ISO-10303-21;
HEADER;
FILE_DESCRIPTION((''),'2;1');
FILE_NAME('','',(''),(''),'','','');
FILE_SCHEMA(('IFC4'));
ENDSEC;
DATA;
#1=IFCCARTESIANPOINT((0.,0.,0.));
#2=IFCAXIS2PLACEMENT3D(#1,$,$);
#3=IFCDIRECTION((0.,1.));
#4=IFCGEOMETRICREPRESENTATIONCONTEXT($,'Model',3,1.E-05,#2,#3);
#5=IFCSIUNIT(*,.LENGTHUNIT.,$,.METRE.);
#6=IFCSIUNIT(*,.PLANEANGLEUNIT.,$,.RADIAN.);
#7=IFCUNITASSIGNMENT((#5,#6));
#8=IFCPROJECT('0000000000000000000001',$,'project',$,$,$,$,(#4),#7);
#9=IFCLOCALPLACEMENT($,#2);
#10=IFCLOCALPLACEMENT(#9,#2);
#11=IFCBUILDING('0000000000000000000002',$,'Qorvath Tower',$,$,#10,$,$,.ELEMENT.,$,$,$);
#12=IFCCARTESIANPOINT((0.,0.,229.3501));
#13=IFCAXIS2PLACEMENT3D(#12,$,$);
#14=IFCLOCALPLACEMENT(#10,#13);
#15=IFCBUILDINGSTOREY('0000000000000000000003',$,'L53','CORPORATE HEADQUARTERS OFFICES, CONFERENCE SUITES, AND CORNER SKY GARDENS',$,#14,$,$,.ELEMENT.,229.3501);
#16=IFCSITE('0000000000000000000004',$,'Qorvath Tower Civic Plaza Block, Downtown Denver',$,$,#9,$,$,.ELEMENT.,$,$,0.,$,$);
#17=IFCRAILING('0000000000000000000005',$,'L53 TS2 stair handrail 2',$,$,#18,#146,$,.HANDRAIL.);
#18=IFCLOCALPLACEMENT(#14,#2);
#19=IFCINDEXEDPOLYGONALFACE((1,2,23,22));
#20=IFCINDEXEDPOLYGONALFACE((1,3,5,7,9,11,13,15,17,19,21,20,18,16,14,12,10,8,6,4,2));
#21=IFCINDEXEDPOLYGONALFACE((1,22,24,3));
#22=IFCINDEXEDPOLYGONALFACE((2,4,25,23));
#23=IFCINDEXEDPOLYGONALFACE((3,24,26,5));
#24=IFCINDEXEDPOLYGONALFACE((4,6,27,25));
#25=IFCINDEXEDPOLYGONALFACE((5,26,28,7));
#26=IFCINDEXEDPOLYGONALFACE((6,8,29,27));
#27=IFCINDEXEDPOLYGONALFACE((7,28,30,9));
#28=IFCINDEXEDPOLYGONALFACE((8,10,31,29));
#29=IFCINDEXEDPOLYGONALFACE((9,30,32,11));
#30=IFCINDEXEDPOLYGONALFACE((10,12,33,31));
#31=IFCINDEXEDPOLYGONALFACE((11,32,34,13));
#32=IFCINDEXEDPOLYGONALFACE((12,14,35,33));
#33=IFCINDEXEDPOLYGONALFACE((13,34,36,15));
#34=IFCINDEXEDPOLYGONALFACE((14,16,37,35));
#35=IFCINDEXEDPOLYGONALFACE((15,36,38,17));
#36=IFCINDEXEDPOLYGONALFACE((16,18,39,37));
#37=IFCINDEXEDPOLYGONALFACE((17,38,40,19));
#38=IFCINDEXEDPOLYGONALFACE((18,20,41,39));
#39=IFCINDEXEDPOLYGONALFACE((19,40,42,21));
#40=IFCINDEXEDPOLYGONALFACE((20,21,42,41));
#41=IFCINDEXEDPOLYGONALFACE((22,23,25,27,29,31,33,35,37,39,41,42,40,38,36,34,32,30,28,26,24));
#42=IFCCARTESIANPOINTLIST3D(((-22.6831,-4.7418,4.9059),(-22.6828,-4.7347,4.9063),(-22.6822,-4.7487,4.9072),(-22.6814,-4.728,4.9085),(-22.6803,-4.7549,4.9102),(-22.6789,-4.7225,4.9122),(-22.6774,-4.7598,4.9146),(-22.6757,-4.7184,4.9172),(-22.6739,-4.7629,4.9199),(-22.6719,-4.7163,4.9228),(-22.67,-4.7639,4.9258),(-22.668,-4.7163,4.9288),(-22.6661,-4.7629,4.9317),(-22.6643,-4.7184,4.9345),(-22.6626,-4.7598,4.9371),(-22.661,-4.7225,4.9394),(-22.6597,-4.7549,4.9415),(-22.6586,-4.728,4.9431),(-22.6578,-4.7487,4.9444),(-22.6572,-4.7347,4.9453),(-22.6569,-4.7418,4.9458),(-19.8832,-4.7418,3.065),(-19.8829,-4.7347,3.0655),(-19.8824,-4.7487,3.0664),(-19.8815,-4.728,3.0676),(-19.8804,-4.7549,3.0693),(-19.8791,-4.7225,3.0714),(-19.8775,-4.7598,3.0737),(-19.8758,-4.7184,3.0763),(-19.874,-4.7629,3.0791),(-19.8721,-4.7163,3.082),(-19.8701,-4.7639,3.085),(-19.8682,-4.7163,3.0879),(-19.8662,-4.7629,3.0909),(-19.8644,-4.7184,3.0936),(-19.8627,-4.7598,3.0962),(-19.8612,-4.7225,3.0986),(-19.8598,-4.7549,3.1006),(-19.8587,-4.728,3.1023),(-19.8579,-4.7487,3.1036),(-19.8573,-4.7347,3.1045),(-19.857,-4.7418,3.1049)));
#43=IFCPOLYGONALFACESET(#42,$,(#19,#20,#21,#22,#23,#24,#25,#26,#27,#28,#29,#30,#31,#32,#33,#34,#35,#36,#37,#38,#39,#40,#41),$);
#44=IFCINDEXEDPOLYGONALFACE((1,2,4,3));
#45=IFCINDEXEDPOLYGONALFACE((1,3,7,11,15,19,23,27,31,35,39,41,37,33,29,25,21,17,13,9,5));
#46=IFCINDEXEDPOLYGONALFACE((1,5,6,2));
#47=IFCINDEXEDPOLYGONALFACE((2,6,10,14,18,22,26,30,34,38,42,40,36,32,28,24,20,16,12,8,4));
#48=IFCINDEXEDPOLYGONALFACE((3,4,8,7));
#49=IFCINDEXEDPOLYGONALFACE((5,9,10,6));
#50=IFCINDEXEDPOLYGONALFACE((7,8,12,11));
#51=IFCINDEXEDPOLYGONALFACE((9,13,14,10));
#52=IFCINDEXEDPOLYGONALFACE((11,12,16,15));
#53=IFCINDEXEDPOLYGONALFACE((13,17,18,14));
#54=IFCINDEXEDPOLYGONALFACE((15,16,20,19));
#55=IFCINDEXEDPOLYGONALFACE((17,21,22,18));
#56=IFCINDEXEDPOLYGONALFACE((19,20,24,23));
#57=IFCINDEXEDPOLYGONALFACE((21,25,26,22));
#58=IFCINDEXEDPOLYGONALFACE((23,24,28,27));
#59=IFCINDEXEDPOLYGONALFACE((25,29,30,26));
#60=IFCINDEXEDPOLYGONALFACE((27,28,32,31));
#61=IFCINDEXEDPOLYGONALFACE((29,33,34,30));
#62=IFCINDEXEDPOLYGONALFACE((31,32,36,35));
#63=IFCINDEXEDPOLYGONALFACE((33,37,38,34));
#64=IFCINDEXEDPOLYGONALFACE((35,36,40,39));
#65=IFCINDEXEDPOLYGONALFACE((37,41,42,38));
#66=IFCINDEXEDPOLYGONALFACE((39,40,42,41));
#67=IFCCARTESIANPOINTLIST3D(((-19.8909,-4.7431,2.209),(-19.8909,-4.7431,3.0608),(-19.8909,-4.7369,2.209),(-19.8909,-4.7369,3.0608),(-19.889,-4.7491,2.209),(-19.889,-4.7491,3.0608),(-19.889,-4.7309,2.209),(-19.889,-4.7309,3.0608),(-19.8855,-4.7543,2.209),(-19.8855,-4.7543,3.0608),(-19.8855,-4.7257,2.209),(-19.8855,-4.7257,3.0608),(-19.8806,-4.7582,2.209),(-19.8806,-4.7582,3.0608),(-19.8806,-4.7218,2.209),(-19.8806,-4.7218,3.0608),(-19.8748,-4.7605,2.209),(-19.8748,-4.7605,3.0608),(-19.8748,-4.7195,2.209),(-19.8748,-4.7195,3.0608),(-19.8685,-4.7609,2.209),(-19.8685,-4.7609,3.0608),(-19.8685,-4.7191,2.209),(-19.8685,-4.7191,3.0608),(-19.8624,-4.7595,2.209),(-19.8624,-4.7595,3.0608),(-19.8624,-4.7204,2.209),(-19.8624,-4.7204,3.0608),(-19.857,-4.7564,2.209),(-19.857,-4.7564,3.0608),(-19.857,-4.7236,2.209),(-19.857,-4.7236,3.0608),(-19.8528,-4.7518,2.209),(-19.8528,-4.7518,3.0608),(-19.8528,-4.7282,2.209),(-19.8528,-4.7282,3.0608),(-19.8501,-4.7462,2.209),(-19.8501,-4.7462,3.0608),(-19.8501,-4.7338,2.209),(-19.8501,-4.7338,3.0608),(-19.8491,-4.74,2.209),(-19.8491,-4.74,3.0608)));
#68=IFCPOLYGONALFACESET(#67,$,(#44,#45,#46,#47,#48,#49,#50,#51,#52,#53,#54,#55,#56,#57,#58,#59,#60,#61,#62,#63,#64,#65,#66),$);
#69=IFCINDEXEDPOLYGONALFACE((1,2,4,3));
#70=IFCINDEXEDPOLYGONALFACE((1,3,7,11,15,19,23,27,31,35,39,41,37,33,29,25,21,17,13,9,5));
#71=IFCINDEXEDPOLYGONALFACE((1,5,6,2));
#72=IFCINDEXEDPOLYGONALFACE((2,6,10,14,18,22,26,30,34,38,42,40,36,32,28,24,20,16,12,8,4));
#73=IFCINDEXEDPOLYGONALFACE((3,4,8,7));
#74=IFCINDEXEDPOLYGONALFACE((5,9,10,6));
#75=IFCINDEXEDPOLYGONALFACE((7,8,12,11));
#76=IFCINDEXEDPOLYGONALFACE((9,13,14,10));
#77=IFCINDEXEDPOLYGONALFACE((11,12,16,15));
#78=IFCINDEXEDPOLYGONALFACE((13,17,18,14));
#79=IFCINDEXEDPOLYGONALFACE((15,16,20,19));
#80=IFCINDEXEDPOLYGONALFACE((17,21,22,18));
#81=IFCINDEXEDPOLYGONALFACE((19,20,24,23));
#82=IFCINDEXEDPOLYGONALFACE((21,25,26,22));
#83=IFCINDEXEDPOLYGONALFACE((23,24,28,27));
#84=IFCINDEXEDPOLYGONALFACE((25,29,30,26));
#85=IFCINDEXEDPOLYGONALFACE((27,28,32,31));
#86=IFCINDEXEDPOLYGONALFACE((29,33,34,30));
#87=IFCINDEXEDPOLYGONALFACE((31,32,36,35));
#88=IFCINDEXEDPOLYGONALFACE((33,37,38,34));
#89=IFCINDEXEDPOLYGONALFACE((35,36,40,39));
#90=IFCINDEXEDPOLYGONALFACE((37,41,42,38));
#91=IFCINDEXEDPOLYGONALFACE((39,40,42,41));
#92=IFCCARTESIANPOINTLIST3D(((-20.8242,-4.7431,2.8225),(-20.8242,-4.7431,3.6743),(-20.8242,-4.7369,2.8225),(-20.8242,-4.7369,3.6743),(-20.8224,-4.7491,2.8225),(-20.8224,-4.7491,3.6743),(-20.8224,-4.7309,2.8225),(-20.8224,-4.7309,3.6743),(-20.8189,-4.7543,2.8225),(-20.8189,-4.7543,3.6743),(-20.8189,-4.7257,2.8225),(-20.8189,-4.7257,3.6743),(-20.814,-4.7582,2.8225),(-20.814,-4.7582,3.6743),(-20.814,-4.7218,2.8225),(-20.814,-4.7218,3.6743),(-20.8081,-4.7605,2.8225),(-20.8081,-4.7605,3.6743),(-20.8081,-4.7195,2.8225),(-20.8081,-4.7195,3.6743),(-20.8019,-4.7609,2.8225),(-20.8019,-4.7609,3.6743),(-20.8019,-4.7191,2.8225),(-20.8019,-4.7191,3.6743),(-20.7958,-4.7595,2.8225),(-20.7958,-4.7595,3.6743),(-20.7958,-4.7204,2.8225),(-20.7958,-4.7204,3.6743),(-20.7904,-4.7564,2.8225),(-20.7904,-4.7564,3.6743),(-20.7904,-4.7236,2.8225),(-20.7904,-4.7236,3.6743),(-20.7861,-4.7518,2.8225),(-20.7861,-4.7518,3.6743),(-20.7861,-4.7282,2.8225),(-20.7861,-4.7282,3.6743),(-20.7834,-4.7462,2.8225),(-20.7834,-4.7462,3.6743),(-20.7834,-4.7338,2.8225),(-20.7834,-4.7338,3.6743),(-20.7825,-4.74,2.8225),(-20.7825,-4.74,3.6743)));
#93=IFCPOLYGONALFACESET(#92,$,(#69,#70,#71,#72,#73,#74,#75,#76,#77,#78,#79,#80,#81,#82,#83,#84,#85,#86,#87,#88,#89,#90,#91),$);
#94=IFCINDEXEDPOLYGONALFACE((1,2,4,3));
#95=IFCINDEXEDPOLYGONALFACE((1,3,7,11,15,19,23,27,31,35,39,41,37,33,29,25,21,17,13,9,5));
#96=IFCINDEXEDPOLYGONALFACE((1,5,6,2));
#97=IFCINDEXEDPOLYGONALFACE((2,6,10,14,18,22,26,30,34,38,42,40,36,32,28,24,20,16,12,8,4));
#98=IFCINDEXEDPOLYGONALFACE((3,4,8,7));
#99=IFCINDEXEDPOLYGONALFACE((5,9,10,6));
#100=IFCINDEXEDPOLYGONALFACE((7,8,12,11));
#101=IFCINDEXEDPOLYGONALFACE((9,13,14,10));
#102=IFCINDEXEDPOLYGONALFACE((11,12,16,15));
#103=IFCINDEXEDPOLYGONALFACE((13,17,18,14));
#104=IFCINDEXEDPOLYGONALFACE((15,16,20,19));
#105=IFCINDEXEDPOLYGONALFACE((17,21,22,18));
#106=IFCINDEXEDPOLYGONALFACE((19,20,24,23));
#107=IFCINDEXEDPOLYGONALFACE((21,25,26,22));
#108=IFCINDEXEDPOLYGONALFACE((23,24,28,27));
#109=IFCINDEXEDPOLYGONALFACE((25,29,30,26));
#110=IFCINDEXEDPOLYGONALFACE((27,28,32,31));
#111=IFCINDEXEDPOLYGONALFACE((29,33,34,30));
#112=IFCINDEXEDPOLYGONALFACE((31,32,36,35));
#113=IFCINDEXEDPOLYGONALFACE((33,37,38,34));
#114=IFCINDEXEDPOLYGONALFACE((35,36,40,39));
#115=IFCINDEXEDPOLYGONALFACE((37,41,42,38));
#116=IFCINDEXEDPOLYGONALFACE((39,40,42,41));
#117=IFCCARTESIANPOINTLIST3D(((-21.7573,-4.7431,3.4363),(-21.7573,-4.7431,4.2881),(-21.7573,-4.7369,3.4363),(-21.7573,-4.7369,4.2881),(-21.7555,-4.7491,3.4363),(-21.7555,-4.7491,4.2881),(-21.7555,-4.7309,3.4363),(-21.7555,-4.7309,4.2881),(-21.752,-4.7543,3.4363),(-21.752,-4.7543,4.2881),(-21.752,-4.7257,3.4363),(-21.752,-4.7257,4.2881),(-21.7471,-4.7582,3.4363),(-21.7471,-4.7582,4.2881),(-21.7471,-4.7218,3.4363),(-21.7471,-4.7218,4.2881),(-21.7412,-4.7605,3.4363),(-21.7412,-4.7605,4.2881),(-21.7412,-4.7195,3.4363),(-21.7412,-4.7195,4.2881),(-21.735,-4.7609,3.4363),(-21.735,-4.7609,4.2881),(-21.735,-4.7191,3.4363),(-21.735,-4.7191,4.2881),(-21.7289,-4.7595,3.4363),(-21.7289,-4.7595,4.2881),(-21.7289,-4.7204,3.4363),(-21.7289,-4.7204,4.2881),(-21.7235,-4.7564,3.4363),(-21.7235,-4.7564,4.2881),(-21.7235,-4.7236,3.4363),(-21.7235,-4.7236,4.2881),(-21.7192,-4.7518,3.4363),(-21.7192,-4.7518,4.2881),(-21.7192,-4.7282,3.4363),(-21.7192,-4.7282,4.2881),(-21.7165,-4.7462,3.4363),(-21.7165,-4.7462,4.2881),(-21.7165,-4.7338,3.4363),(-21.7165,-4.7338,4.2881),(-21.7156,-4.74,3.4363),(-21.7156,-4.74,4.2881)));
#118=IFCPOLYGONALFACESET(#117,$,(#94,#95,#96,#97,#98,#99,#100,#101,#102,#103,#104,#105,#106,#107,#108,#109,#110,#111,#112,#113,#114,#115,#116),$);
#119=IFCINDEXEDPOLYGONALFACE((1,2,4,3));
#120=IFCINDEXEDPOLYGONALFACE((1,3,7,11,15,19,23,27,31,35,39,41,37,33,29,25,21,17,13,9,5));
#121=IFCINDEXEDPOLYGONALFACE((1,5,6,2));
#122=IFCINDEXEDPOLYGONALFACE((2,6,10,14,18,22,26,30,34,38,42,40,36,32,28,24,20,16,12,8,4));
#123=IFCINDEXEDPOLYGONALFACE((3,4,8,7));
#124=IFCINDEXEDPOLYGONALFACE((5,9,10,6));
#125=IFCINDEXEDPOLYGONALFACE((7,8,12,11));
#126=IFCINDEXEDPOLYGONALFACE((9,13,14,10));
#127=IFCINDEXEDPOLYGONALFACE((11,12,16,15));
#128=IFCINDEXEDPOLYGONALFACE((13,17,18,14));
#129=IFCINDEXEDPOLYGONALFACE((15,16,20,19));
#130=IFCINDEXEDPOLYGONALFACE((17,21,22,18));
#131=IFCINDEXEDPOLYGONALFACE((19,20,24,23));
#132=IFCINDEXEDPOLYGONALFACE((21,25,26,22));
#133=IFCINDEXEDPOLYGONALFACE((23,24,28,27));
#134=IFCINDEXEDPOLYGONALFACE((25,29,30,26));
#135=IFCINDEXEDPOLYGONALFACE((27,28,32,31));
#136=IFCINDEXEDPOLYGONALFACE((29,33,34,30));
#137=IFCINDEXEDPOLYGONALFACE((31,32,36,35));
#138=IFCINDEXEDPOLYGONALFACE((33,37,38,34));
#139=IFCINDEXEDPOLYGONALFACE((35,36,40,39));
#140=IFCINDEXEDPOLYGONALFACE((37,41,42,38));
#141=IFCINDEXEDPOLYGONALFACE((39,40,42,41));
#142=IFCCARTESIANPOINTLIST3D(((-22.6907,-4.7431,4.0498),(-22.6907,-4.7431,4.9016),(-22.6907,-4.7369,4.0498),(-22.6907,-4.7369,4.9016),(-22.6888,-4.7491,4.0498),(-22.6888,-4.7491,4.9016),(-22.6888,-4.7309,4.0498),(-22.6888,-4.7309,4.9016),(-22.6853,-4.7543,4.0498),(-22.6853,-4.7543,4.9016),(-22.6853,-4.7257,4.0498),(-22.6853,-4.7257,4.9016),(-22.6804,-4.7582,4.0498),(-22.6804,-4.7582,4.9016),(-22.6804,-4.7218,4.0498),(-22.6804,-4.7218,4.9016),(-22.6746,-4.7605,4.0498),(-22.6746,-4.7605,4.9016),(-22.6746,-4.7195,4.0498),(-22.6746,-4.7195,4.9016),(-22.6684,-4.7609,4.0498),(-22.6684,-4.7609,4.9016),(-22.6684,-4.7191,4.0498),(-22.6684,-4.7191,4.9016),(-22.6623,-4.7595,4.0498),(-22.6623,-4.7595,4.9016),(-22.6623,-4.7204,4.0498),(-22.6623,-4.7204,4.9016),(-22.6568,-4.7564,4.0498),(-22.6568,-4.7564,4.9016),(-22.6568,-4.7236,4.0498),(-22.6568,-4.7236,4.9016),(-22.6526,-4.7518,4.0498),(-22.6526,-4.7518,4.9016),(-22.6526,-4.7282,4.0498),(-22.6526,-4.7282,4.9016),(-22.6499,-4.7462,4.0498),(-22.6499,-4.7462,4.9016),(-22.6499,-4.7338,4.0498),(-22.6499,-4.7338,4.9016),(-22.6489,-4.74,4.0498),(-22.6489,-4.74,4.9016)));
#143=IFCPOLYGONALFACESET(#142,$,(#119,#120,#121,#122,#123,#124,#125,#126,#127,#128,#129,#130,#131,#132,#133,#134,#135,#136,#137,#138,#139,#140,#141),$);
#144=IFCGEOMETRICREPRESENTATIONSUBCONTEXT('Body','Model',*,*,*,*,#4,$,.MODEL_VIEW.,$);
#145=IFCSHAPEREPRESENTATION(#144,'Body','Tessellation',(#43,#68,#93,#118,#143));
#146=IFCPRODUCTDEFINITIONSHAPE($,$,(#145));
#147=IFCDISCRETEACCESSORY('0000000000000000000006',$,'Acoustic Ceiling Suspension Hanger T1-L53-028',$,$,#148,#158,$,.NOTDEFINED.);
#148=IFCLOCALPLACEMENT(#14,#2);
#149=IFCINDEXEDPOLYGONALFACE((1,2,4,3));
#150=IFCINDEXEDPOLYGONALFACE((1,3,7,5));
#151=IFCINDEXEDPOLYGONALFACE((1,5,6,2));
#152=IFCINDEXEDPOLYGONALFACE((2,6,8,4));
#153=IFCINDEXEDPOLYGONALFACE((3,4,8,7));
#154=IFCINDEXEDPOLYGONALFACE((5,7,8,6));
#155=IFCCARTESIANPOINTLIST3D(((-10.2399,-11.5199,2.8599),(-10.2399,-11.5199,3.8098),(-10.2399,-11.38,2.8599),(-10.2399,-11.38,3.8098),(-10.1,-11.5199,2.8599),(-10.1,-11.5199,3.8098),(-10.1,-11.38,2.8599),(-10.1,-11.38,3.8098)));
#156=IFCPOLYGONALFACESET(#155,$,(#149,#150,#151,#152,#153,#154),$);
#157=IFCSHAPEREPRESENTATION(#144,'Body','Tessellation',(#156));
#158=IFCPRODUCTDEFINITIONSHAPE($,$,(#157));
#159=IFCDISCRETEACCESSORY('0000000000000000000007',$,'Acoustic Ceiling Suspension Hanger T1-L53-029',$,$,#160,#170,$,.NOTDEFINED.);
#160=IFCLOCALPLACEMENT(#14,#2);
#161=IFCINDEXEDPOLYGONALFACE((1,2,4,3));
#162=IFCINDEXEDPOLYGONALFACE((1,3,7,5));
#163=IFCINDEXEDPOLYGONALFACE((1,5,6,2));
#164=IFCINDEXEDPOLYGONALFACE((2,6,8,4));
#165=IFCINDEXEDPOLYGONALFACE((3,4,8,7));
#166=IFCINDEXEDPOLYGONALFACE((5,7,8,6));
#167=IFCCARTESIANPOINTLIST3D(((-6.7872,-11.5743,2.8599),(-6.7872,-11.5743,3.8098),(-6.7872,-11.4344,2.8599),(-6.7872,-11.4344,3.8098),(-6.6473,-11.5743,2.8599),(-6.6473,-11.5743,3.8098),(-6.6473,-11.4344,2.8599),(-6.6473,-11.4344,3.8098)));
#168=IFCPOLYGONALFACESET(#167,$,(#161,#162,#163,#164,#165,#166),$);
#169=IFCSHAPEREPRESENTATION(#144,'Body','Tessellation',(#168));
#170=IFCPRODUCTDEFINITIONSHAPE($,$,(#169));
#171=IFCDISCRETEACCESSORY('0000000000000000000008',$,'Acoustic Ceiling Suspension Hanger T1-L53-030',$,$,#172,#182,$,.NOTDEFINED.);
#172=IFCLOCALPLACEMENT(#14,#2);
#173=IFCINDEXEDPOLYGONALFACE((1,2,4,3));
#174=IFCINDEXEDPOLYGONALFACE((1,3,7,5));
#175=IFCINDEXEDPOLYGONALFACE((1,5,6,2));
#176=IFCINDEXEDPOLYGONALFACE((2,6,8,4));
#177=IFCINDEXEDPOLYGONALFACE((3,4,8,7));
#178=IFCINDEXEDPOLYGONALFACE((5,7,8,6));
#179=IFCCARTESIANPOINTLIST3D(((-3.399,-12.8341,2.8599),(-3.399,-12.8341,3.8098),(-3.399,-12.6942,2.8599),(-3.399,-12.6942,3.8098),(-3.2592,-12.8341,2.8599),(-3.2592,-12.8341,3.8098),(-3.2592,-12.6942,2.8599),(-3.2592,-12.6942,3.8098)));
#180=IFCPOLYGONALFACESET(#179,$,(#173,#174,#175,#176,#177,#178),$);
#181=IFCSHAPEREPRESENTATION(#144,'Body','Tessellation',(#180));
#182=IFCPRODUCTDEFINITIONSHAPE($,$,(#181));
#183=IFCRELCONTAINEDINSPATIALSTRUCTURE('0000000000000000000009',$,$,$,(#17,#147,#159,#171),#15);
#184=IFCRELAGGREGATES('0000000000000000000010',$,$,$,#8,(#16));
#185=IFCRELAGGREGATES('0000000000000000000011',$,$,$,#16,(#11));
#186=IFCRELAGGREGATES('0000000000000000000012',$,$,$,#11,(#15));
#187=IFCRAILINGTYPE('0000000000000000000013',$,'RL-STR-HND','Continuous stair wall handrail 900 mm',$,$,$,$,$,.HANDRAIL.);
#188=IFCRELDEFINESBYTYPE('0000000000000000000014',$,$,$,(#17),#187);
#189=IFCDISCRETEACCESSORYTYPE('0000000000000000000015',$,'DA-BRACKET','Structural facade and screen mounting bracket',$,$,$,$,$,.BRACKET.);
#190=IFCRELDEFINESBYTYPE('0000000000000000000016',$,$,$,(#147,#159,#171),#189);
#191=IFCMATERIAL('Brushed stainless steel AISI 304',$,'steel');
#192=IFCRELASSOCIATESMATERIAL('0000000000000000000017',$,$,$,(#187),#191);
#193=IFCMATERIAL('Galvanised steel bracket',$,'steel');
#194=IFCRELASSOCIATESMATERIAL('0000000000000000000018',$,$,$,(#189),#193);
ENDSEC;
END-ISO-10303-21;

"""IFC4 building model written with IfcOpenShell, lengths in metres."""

from ifc_helpers import new_model, si_unit, direction, frame, origin, origin_2d, place, context, subcontext, project, spatial, rectangle, circle, extrude, material, type_object, element, save


model = new_model("IFC4")

# Units and contexts
model_context = context("Model", 3, precision=1e-05, world=origin(), true_north=direction((0.0, 1.0)))
body_context = subcontext(model_context, "Body", "Model", "MODEL_VIEW")
ifc_project = project(units=[si_unit("LENGTHUNIT", "METRE"), si_unit("PLANEANGLEUNIT", "RADIAN")], contexts=[model_context])

# Site, building, storey
site_placement = place(None, origin())
site = spatial("IfcSite", under=ifc_project, at=site_placement, Name="Qorvath Tower Civic Plaza Block, Downtown Denver", CompositionType="ELEMENT", RefElevation=0.0)
building_placement = place(site_placement, origin())
building = spatial("IfcBuilding", under=site, at=building_placement, Name="Qorvath Tower", CompositionType="ELEMENT")
storey_placement = place(building_placement, frame((0.0, 0.0, 229.3501)))
storey = spatial("IfcBuildingStorey", under=building, at=storey_placement, Name="L53", Description="CORPORATE HEADQUARTERS OFFICES, CONFERENCE SUITES, AND CORNER SKY GARDENS", CompositionType="ELEMENT", Elevation=229.3501)

# Railing
ifc_material_1 = material(Name="Brushed stainless steel AISI 304", Category="steel")
railing_type_1 = type_object("IfcRailingType", Name="RL-STR-HND", Description="Continuous stair wall handrail 900 mm", PredefinedType="HANDRAIL", material=ifc_material_1)
railing_1_placement = place(storey_placement, frame((-19.8701, -4.74, 2.209)))
element("IfcRailing", 1, at=railing_1_placement, inside=storey, type_object=railing_type_1, Name="L53 TS2 stair handrail 2", PredefinedType="HANDRAIL", context=body_context, shape_type="SweptSolid", body=[
    extrude(circle(Radius=0.0239, at=origin_2d()), frame((0.0, 0.0, 0.876), z_axis=(-0.835576, 0.0, 0.549376), x_axis=(0.0, -1.0, 0.0)), (0.0, 0.0, 1.0), 3.3508),
    extrude(circle(Radius=0.021, at=origin_2d()), origin(), (0.0, 0.0, 1.0), 0.8518),
    extrude(circle(Radius=0.021, at=origin_2d()), frame((-0.9333, 0.0, 0.6135)), (0.0, 0.0, 1.0), 0.8518),
    extrude(circle(Radius=0.021, at=origin_2d()), frame((-1.8665, 0.0, 1.2273)), (0.0, 0.0, 1.0), 0.8518),
    extrude(circle(Radius=0.021, at=origin_2d()), frame((-2.7998, 0.0, 1.8408)), (0.0, 0.0, 1.0), 0.8518),
])

# Discrete accessories
ifc_material_2 = material(Name="Galvanised steel bracket", Category="steel")
discrete_accessory_type = type_object("IfcDiscreteAccessoryType", Name="DA-BRACKET", Description="Structural facade and screen mounting bracket", PredefinedType="BRACKET", material=ifc_material_2)
for number, where, z_axis, x_axis, name in (
    (2, (-10.1699, -11.45, 2.8599), (0.0, 0.0, 1.0), (1.0, 0.0, 0.0), "Acoustic Ceiling Suspension Hanger T1-L53-028"),
    (3, (-6.7173, -11.5044, 2.8599), (0.0, 0.0, 1.0), (1.0, 0.0, 0.0), "Acoustic Ceiling Suspension Hanger T1-L53-029"),
    (4, (-3.3291, -12.7642, 2.8599), (0.0, 0.0, 1.0), (1.0, 0.0, 0.0), "Acoustic Ceiling Suspension Hanger T1-L53-030"),
):
    element("IfcDiscreteAccessory", number, at=place(storey_placement, frame(where, z_axis=z_axis, x_axis=x_axis)), inside=storey, type_object=discrete_accessory_type, Name=name, PredefinedType="NOTDEFINED", context=body_context, shape_type="SweptSolid", body=[
        extrude(rectangle(XDim=0.1399, YDim=0.1399, at=origin_2d()), origin(), (0.0, 0.0, 1.0), 0.95),
    ])

save(model, "model.ifc")
